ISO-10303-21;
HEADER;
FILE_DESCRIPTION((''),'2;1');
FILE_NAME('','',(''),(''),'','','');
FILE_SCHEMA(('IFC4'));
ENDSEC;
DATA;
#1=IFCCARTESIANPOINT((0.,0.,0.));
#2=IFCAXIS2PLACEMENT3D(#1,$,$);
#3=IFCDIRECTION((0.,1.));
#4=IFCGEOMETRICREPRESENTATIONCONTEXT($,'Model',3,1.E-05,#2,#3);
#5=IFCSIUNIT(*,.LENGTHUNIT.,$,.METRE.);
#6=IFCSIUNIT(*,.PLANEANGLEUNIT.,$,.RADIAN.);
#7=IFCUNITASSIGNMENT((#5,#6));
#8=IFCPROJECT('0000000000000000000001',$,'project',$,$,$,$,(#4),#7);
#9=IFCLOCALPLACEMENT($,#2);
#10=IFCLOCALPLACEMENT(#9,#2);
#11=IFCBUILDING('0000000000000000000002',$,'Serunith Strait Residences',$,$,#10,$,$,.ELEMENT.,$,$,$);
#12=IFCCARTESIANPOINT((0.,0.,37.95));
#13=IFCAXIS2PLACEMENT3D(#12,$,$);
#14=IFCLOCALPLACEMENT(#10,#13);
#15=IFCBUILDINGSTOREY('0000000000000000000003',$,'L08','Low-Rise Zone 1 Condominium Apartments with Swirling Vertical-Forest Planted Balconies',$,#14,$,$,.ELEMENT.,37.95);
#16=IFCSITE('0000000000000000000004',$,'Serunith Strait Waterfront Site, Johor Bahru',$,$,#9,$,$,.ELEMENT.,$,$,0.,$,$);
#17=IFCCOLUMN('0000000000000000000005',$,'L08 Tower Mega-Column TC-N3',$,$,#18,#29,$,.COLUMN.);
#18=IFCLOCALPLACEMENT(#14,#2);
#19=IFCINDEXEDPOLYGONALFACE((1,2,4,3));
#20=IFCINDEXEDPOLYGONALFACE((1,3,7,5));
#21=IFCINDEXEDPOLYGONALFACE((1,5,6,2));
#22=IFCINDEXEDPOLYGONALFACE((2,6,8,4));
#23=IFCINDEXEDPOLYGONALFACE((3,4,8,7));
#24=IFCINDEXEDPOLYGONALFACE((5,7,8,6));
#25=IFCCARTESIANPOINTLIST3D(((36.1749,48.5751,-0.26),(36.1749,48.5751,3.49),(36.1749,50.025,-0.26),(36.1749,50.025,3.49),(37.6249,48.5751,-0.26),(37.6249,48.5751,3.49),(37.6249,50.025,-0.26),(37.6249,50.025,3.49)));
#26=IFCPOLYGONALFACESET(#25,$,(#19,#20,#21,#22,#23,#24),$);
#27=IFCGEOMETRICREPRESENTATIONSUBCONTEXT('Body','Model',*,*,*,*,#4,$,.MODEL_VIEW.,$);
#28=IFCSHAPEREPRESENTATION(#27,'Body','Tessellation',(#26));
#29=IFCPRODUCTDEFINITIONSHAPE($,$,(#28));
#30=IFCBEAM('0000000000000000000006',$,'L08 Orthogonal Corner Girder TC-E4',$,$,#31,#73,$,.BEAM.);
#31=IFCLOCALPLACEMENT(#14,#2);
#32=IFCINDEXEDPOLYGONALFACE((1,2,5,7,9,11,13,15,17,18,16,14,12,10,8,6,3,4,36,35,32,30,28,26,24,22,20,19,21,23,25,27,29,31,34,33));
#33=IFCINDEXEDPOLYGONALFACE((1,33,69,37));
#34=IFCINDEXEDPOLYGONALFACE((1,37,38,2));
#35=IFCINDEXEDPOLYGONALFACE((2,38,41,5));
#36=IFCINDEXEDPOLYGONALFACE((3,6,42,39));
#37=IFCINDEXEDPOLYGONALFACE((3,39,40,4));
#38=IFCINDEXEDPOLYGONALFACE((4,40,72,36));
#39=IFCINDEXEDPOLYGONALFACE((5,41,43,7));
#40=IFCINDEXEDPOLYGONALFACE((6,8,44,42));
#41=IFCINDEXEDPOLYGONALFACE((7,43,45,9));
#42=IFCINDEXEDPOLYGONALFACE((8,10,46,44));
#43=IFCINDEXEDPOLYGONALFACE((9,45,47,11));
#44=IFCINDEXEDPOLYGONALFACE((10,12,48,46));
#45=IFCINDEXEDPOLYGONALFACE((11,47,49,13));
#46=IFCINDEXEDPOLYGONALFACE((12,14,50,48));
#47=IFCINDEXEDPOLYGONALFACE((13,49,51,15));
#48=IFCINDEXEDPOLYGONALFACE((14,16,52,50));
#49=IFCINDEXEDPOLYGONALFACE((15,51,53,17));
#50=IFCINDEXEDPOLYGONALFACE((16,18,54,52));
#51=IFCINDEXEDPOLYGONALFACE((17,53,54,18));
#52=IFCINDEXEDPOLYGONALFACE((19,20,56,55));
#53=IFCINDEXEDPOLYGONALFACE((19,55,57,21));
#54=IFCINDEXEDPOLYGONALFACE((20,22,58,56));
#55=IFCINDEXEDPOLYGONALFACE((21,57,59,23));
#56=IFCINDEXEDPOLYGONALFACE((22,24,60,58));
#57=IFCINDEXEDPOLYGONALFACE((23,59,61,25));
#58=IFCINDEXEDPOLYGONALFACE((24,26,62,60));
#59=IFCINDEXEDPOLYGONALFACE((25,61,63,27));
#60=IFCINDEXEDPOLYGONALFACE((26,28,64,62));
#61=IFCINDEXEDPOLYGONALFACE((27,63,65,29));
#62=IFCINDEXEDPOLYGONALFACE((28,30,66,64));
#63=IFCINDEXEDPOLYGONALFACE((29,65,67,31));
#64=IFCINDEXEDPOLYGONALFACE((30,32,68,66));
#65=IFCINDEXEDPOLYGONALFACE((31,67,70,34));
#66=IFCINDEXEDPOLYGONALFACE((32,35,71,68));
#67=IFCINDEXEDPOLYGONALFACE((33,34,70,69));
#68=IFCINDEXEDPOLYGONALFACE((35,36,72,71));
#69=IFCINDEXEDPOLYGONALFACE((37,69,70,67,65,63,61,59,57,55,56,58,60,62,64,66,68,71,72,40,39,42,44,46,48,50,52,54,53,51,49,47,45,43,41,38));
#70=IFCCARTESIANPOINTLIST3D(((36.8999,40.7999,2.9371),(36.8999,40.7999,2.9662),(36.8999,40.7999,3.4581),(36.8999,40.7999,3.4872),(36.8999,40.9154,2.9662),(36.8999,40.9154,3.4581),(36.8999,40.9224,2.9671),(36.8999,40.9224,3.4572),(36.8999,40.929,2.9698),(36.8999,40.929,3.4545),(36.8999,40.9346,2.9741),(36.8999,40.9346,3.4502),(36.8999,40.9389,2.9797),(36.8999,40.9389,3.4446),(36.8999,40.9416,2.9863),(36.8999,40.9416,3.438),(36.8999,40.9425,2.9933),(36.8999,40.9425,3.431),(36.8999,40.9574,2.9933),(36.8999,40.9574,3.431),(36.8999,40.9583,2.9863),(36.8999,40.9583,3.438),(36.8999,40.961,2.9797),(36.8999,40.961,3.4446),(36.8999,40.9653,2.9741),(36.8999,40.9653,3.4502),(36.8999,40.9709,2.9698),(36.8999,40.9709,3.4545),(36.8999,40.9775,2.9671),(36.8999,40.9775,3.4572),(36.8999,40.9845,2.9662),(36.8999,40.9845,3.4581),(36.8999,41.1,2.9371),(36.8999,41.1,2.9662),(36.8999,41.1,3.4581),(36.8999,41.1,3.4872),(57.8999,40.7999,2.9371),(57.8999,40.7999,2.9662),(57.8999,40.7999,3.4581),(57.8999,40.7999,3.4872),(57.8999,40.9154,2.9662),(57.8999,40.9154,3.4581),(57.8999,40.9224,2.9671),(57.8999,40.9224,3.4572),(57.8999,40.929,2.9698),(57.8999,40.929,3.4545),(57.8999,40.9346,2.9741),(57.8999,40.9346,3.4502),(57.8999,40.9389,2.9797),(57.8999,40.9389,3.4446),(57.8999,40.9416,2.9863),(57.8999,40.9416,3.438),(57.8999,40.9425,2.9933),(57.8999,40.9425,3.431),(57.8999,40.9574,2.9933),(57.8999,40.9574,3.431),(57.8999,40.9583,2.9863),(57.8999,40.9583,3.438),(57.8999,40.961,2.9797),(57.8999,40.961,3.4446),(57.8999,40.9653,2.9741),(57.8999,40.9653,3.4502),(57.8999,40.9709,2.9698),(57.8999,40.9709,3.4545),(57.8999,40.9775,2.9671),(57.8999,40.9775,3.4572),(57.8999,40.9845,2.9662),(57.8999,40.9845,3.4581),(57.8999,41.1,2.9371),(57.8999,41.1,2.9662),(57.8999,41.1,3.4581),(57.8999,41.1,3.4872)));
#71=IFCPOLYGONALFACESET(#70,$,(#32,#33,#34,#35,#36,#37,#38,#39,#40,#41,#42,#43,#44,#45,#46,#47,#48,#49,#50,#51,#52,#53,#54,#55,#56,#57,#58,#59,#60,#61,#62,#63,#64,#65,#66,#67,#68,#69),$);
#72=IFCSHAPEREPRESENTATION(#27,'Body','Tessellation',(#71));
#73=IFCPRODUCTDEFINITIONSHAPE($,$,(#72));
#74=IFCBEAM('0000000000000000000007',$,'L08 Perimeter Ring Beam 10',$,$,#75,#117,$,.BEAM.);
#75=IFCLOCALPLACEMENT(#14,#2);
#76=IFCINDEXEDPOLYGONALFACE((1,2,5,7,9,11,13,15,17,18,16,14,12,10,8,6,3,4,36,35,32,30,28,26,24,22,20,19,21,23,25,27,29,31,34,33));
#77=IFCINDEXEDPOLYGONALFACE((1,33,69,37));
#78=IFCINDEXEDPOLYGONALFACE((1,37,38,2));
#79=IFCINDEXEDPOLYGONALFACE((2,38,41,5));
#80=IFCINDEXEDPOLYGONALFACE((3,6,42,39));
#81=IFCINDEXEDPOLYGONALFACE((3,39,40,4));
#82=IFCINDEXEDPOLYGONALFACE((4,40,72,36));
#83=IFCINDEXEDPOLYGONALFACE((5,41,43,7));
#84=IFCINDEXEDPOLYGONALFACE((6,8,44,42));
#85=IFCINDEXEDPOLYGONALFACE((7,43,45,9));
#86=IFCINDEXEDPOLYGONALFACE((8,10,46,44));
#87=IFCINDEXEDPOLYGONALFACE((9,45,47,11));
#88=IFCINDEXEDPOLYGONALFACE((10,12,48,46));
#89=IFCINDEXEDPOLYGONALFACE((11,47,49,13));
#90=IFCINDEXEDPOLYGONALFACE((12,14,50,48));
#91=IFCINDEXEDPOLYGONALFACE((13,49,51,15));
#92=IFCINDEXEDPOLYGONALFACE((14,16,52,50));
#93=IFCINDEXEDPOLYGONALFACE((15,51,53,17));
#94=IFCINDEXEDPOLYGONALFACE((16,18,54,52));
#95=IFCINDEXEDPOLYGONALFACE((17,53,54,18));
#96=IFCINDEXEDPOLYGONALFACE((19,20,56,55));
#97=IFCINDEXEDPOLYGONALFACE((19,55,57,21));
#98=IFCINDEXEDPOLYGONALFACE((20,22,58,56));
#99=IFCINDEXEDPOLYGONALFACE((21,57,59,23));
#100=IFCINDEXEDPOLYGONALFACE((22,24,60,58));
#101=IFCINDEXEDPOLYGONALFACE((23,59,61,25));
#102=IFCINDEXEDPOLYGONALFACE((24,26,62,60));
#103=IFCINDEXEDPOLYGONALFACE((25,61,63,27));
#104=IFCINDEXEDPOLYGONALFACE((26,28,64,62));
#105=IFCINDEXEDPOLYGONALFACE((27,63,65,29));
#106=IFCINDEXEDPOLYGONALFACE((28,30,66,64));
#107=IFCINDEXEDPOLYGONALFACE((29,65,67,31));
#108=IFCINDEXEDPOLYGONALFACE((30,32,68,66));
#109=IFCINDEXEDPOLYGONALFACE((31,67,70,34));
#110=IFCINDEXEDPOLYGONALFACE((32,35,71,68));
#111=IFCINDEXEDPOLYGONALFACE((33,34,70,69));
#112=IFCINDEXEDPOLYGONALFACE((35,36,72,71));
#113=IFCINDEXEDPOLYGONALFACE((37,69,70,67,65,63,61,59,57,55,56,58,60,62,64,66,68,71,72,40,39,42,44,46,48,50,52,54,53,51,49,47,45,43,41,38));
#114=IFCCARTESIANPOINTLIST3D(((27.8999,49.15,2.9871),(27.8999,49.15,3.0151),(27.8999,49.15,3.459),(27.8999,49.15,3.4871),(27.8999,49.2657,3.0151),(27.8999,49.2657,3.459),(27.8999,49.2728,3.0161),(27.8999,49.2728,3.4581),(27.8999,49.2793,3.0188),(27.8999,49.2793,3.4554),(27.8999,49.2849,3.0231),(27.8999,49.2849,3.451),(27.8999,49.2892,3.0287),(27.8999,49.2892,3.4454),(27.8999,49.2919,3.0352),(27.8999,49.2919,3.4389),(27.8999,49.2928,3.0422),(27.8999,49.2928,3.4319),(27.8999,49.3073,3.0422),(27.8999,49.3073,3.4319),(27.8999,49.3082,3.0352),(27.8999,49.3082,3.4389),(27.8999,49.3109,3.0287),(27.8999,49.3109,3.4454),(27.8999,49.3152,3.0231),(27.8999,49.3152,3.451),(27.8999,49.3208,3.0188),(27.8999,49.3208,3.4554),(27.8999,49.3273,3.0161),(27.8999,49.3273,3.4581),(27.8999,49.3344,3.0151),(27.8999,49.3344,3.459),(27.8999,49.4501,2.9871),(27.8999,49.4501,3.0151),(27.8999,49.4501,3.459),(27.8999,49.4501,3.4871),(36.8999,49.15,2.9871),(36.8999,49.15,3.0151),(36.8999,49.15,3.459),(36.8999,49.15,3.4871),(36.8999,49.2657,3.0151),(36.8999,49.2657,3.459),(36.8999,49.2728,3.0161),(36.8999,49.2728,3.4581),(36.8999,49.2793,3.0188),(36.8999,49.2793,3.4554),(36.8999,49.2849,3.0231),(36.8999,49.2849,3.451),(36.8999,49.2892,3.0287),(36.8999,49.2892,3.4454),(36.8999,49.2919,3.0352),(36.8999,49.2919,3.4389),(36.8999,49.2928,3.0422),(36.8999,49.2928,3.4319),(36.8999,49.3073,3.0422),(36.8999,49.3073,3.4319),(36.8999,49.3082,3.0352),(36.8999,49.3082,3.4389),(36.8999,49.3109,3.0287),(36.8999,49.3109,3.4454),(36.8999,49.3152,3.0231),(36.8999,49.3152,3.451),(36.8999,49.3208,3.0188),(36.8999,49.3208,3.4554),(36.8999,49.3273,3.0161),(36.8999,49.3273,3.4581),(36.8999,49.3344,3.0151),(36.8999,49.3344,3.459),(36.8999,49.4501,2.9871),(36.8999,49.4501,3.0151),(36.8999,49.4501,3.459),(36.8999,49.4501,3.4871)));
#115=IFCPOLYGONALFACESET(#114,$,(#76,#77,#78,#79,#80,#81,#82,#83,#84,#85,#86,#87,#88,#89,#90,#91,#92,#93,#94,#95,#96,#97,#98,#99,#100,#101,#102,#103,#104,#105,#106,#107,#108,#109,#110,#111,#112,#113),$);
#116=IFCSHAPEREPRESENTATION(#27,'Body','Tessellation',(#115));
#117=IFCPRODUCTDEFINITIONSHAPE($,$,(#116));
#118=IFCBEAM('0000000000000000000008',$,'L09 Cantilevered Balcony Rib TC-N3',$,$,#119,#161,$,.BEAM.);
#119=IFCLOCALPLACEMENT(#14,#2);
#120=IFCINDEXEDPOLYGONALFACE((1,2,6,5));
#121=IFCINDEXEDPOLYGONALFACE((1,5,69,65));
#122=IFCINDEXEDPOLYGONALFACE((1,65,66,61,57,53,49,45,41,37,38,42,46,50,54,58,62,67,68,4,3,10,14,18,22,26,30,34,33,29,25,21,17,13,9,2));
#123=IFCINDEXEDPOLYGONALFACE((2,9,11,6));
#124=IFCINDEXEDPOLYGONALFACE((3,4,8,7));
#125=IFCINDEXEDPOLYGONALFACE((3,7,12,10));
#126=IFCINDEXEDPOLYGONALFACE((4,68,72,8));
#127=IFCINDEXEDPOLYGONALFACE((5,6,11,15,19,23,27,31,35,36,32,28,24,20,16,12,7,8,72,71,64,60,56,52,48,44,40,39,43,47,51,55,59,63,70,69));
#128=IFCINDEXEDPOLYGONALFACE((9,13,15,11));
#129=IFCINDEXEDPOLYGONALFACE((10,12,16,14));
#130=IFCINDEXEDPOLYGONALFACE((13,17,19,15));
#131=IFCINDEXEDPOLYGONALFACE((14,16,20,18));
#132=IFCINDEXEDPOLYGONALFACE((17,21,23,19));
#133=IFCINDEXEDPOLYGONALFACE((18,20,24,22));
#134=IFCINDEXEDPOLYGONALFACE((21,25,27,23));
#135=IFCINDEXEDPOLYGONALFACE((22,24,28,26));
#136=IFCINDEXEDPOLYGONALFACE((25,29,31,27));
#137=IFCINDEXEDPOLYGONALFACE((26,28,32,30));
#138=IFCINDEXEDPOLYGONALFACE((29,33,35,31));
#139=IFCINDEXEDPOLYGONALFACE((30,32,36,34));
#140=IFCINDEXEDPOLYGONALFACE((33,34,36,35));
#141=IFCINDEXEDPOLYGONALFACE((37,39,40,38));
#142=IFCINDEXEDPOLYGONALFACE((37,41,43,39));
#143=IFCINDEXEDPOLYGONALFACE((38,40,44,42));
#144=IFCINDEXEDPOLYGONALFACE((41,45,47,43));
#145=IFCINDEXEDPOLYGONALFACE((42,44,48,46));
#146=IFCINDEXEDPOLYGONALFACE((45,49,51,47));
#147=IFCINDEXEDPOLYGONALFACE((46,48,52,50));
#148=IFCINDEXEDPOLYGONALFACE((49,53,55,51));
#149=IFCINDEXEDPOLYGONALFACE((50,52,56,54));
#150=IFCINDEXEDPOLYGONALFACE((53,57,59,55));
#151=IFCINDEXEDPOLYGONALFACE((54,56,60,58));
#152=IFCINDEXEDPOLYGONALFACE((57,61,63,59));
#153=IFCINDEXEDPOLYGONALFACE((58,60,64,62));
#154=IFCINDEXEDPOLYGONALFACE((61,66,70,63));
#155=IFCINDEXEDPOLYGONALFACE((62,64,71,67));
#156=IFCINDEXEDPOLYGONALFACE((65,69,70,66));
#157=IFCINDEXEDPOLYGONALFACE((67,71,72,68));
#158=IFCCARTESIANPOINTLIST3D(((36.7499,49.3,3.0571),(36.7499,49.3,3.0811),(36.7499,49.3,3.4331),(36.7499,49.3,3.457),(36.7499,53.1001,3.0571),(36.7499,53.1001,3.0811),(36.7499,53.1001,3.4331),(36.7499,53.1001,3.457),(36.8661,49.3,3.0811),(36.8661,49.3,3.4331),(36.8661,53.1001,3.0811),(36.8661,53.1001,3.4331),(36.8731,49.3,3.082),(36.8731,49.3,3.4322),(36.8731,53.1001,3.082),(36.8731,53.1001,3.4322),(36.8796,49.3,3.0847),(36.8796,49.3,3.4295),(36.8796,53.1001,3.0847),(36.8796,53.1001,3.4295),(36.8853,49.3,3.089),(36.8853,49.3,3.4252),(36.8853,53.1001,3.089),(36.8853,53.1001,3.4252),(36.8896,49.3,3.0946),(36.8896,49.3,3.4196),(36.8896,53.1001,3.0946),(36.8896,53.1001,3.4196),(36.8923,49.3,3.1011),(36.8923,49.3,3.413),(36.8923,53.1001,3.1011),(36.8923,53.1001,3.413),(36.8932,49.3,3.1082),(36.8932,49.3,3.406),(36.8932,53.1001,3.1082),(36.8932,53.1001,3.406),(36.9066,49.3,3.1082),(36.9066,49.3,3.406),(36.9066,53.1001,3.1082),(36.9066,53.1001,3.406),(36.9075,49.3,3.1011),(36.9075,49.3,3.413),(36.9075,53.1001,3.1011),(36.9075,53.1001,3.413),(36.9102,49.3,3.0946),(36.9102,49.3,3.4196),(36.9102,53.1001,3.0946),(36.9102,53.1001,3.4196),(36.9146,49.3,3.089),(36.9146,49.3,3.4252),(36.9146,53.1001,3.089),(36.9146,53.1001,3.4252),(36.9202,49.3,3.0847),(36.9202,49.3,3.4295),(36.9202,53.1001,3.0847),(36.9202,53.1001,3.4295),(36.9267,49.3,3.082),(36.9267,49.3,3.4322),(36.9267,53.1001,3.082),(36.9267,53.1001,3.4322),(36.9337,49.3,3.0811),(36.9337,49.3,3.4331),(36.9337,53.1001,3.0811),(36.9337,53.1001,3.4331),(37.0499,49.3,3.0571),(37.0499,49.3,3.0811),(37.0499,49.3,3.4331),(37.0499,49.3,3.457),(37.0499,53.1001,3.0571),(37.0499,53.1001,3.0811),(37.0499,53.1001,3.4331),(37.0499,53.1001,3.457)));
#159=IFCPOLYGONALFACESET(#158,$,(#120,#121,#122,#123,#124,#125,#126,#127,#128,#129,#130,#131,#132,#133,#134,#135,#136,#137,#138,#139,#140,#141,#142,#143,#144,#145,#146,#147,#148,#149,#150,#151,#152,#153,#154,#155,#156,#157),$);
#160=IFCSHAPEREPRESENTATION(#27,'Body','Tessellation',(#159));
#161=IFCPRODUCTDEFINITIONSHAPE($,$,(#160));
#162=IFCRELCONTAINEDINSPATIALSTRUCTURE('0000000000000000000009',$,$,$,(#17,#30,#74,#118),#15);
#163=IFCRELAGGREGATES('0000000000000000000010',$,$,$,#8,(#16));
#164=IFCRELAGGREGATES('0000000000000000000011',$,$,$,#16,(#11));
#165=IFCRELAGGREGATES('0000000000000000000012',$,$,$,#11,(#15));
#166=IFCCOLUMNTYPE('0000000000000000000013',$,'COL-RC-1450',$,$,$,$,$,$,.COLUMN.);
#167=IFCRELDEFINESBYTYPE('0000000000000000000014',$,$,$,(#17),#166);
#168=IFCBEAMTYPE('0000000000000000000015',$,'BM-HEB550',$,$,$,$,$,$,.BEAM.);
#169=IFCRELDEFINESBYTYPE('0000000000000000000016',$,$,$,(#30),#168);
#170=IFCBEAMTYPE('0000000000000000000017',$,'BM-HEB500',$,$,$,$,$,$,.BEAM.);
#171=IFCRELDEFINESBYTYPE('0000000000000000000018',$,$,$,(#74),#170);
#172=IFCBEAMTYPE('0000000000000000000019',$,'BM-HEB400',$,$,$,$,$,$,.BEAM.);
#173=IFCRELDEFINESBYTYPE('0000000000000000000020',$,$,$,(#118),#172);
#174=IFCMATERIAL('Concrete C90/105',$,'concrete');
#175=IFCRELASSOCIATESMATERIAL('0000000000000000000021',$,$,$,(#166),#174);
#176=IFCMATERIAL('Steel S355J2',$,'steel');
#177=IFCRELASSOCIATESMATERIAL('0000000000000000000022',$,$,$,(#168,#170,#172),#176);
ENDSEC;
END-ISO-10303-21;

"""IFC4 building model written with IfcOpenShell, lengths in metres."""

from ifc_helpers import new_model, si_unit, direction, frame, origin, origin_2d, place, context, subcontext, project, spatial, rectangle, i_section, extrude, source, transform, mapped, material, material_profile, profile_set, type_object, element, save


model = new_model("IFC4")

# Units and contexts
model_context = context("Model", 3, precision=1e-05, world=origin(), true_north=direction((0.0, 1.0)))
body_context = subcontext(model_context, "Body", "Model", "MODEL_VIEW")
ifc_project = project(units=[si_unit("LENGTHUNIT", "METRE"), si_unit("PLANEANGLEUNIT", "RADIAN")], contexts=[model_context])

# Site, building, storey
site_placement = place(None, origin())
site = spatial("IfcSite", under=ifc_project, at=site_placement, Name="Serunith Strait Waterfront Site, Johor Bahru", CompositionType="ELEMENT", RefElevation=0.0)
building_placement = place(site_placement, origin())
building = spatial("IfcBuilding", under=site, at=building_placement, Name="Serunith Strait Residences", CompositionType="ELEMENT")
storey_placement = place(building_placement, frame((0.0, 0.0, 37.95)))
storey = spatial("IfcBuildingStorey", under=building, at=storey_placement, Name="L08", Description="Low-Rise Zone 1 Condominium Apartments with Swirling Vertical-Forest Planted Balconies", CompositionType="ELEMENT", Elevation=37.95)

# Column
ifc_material_1 = material(Name="Concrete C90/105", Category="concrete")
ifc_material_profile_1 = material_profile(ifc_material_1, rectangle(XDim=1.45, YDim=1.45, at=origin_2d()), Name="RC 1450x1450")
ifc_profile_set_1 = profile_set([ifc_material_profile_1], Name="Concrete C90/105")
column_type = type_object("IfcColumnType", Name="COL-RC-1450", PredefinedType="COLUMN", material=ifc_profile_set_1)
shared_shape_1 = source(origin(), body_context, "Body", "SweptSolid", [
    extrude(rectangle(XDim=1.45, YDim=1.45, at=origin_2d()), origin(), (0.0, 0.0, 1.0), 3.75),
])
column_placement = place(storey_placement, frame((36.8999, 49.3, -0.26), z_axis=(0.0, 0.0, 1.0), x_axis=(1.0, 0.0, 0.0)))
element("IfcColumn", 1, at=column_placement, inside=storey, type_object=column_type, Name="L08 Tower Mega-Column TC-N3", PredefinedType="COLUMN", context=body_context, shape_type="MappedRepresentation", body=[
    mapped(shared_shape_1, transform((0.0, 0.0, 0.0), scale=1.0)),
])

# Beams
ifc_material_2 = material(Name="Steel S355J2", Category="steel")
ifc_material_profile_2 = material_profile(ifc_material_2, i_section(OverallWidth=0.3, OverallDepth=0.55, WebThickness=0.0149, FlangeThickness=0.0291, FilletRadius=0.0271, at=origin_2d()), Name="HEB 550")
ifc_profile_set_2 = profile_set([ifc_material_profile_2], Name="Steel S355J2")
beam_type_1 = type_object("IfcBeamType", Name="BM-HEB550", PredefinedType="BEAM", material=ifc_profile_set_2)
shared_shape_2 = source(origin(), body_context, "Body", "SweptSolid", [
    extrude(i_section(OverallWidth=0.3, OverallDepth=0.55, WebThickness=0.0149, FlangeThickness=0.0291, FilletRadius=0.0271, at=origin_2d()), origin(), (0.0, 0.0, 1.0), 21.0),
])
beam_1_placement = place(storey_placement, frame((36.8999, 40.95, 3.2122), z_axis=(1.0, 0.0, 0.0), x_axis=(0.0, 1.0, 0.0)))
element("IfcBeam", 2, at=beam_1_placement, inside=storey, type_object=beam_type_1, Name="L08 Orthogonal Corner Girder TC-E4", PredefinedType="BEAM", context=body_context, shape_type="MappedRepresentation", body=[
    mapped(shared_shape_2, transform((0.0, 0.0, 0.0), scale=1.0)),
])
ifc_material_profile_3 = material_profile(ifc_material_2, i_section(OverallWidth=0.3, OverallDepth=0.5, WebThickness=0.0144, FlangeThickness=0.0281, FilletRadius=0.0271, at=origin_2d()), Name="HEB 500")
ifc_profile_set_3 = profile_set([ifc_material_profile_3], Name="Steel S355J2")
beam_type_2 = type_object("IfcBeamType", Name="BM-HEB500", PredefinedType="BEAM", material=ifc_profile_set_3)
shared_shape_3 = source(origin(), body_context, "Body", "SweptSolid", [
    extrude(i_section(OverallWidth=0.3, OverallDepth=0.5, WebThickness=0.0144, FlangeThickness=0.0281, FilletRadius=0.0271, at=origin_2d()), origin(), (0.0, 0.0, 1.0), 9.0),
])
beam_2_placement = place(storey_placement, frame((36.8999, 49.3, 3.2371), z_axis=(-1.0, 0.0, 0.0), x_axis=(0.0, -1.0, 0.0)))
element("IfcBeam", 3, at=beam_2_placement, inside=storey, type_object=beam_type_2, Name="L08 Perimeter Ring Beam 10", PredefinedType="BEAM", context=body_context, shape_type="MappedRepresentation", body=[
    mapped(shared_shape_3, transform((0.0, 0.0, 0.0), scale=1.0)),
])
ifc_material_profile_4 = material_profile(ifc_material_2, i_section(OverallWidth=0.3, OverallDepth=0.3999, WebThickness=0.0134, FlangeThickness=0.0239, FilletRadius=0.0271, at=origin_2d()), Name="HEB 400")
ifc_profile_set_4 = profile_set([ifc_material_profile_4], Name="Steel S355J2")
beam_type_3 = type_object("IfcBeamType", Name="BM-HEB400", PredefinedType="BEAM", material=ifc_profile_set_4)
shared_shape_4 = source(origin(), body_context, "Body", "SweptSolid", [
    extrude(i_section(OverallWidth=0.3, OverallDepth=0.3999, WebThickness=0.0134, FlangeThickness=0.0239, FilletRadius=0.0271, at=origin_2d()), origin(), (0.0, 0.0, 1.0), 3.8),
])
beam_3_placement = place(storey_placement, frame((36.8999, 49.3, 3.2571), z_axis=(0.0, 1.0, 0.0), x_axis=(-1.0, 0.0, 0.0)))
element("IfcBeam", 4, at=beam_3_placement, inside=storey, type_object=beam_type_3, Name="L09 Cantilevered Balcony Rib TC-N3", PredefinedType="BEAM", context=body_context, shape_type="MappedRepresentation", body=[
    mapped(shared_shape_4, transform((0.0, 0.0, 0.0), scale=1.0)),
])

save(model, "model.ifc")
